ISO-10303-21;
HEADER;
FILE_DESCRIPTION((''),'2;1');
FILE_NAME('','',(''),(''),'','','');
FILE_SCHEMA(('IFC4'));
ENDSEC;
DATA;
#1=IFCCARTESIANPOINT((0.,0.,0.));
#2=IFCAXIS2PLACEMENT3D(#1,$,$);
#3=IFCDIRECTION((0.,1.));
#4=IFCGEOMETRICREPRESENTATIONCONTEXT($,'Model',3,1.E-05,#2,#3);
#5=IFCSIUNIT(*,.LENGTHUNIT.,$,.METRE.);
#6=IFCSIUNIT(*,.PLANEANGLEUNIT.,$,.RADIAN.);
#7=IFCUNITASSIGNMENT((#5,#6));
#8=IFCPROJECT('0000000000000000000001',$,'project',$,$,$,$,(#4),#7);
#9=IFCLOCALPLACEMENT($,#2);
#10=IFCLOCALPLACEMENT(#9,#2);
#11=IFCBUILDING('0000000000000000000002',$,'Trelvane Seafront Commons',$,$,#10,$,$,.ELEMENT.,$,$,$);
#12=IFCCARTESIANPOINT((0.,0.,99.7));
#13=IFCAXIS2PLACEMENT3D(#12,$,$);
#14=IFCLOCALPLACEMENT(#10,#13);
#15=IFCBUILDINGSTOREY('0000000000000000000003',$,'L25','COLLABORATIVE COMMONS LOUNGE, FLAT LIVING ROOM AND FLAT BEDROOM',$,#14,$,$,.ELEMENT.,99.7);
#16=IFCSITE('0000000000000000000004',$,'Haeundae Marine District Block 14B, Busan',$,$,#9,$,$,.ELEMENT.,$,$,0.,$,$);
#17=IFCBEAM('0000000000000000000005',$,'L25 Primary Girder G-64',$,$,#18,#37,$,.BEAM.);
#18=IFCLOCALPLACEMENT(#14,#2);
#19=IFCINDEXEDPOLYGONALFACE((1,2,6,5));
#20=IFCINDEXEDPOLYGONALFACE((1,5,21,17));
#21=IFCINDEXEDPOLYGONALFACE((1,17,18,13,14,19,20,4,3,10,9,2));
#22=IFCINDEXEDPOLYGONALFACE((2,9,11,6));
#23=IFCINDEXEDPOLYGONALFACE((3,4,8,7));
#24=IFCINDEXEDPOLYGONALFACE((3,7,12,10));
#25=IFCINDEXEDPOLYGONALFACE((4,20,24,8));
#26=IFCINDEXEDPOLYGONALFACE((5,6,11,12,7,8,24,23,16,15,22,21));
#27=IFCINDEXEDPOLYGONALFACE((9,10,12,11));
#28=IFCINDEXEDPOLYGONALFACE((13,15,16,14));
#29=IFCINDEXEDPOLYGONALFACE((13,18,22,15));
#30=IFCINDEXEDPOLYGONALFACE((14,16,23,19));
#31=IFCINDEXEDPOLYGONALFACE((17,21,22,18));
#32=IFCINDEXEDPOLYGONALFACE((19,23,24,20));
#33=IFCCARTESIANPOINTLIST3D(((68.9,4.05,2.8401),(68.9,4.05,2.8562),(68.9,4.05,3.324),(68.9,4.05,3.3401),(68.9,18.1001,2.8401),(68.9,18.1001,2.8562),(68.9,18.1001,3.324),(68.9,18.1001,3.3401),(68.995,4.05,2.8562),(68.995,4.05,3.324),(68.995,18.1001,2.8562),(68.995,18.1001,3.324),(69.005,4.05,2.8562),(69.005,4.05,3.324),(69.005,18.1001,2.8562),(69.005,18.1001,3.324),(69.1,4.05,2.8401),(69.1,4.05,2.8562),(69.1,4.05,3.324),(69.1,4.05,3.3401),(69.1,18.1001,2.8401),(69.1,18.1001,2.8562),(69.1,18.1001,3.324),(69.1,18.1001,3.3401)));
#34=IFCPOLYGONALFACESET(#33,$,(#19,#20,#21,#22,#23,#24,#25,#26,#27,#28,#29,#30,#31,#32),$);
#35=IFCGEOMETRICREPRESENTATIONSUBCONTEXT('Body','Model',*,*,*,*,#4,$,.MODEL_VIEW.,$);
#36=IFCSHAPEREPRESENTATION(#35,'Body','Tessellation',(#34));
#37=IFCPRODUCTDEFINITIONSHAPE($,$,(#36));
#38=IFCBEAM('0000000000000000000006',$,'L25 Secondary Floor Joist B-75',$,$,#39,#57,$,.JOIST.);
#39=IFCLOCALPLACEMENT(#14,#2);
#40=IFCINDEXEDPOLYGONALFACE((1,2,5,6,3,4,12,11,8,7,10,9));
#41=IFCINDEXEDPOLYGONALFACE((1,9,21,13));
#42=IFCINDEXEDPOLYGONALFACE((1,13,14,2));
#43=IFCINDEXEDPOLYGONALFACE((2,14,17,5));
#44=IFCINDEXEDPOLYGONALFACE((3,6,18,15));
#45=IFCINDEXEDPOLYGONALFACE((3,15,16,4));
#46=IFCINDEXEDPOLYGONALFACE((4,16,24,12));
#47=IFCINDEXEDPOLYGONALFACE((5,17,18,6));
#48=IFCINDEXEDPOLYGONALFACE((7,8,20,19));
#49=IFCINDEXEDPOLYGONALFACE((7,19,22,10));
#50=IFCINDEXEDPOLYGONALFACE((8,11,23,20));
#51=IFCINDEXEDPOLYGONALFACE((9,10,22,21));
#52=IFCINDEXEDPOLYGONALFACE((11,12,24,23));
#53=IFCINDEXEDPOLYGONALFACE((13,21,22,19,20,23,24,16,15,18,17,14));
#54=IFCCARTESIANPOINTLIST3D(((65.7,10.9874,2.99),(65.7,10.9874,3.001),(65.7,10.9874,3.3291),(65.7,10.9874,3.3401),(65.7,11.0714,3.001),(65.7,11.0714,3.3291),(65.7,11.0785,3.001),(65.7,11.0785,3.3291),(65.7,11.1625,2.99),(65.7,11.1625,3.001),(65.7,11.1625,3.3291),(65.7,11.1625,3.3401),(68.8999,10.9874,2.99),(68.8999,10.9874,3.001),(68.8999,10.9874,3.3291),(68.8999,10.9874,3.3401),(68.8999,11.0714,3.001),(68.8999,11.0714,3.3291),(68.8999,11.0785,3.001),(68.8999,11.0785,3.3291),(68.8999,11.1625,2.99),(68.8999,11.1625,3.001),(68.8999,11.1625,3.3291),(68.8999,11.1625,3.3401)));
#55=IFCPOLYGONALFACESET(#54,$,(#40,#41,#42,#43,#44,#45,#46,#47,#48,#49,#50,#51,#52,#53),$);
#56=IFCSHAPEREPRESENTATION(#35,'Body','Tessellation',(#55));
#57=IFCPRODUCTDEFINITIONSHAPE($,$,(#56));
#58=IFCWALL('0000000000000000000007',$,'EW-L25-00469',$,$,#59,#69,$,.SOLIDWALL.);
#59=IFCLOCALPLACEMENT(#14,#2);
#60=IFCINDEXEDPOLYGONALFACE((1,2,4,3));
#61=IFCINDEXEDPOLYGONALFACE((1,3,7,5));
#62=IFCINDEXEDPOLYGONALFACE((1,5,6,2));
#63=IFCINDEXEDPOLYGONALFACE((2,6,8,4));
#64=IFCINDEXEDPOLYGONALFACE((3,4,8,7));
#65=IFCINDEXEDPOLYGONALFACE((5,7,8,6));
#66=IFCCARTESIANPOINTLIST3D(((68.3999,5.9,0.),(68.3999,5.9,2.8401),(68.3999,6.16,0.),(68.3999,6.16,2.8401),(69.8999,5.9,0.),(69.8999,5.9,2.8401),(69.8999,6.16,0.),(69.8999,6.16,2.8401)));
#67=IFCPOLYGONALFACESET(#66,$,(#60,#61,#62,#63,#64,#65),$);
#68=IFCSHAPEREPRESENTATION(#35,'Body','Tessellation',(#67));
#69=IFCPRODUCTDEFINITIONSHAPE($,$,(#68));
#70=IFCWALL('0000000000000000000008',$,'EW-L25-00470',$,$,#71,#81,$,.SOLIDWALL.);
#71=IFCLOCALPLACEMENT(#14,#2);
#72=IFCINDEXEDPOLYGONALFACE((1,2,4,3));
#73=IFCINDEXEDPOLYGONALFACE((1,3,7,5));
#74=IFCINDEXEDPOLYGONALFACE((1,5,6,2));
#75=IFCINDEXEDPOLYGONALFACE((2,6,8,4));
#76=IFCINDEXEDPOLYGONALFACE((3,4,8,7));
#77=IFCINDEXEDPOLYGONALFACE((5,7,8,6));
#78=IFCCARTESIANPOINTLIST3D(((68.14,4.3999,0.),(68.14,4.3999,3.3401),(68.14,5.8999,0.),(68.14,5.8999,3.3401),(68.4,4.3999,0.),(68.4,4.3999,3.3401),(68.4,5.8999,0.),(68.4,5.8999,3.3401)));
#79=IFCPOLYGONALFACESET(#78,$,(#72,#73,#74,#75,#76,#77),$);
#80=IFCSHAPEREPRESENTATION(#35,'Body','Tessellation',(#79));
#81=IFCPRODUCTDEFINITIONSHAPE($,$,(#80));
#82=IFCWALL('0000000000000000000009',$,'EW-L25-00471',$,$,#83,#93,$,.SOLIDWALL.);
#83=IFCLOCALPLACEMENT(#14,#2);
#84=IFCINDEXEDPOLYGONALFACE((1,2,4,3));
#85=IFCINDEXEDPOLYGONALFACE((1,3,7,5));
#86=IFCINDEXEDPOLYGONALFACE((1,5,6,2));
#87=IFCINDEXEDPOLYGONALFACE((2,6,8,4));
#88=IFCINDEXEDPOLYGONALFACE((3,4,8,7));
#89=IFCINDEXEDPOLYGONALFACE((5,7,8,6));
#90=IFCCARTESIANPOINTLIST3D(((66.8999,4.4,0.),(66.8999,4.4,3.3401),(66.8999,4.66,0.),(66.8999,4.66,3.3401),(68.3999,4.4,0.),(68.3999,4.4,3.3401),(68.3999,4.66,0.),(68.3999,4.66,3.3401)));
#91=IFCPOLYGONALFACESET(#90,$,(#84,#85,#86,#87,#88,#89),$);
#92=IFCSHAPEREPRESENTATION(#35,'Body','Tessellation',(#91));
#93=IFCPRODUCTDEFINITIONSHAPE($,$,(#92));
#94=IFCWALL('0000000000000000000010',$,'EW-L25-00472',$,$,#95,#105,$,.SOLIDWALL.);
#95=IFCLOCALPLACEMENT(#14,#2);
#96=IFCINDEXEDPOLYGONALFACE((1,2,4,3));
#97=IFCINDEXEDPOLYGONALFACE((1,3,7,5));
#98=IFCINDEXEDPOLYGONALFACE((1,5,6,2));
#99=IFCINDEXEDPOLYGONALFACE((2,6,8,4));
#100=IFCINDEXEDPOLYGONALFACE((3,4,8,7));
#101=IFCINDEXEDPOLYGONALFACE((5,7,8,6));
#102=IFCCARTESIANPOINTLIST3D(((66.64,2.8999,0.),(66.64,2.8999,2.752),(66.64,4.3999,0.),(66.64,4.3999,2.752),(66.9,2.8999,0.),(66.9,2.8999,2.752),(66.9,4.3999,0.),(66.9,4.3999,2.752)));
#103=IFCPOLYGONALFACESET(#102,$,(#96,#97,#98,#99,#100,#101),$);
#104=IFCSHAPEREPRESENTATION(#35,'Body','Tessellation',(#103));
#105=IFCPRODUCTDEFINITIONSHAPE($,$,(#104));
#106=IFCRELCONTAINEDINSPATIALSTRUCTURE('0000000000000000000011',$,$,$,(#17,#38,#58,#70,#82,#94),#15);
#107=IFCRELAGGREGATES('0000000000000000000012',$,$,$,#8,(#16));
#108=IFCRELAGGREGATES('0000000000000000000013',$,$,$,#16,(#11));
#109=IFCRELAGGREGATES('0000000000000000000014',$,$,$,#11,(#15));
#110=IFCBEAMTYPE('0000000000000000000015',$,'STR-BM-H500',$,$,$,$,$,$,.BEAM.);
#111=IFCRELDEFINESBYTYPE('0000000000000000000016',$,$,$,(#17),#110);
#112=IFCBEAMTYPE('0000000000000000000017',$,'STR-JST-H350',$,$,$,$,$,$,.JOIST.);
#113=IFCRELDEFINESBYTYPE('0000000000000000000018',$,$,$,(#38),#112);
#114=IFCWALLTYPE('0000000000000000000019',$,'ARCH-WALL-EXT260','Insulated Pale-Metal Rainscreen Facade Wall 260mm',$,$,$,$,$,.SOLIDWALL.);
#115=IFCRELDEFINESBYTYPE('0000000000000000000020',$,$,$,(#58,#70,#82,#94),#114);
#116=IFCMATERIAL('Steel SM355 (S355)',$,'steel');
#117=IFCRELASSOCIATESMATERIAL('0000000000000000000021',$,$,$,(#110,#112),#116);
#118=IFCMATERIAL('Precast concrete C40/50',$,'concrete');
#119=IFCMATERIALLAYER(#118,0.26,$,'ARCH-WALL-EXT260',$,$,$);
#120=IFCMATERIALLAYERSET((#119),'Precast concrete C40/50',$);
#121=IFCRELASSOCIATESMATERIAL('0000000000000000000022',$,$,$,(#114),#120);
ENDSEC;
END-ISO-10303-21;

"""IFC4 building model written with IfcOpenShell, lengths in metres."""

from ifc_helpers import new_model, si_unit, direction, frame, frame_2d, origin, origin_2d, place, context, subcontext, project, spatial, rectangle, i_section, extrude, source, transform, mapped, material, layer, layer_set, material_profile, profile_set, type_object, element, save


model = new_model("IFC4")

# Units and contexts
model_context = context("Model", 3, precision=1e-05, world=origin(), true_north=direction((0.0, 1.0)))
body_context = subcontext(model_context, "Body", "Model", "MODEL_VIEW")
ifc_project = project(units=[si_unit("LENGTHUNIT", "METRE"), si_unit("PLANEANGLEUNIT", "RADIAN")], contexts=[model_context])

# Site, building, storey
site_placement = place(None, origin())
site = spatial("IfcSite", under=ifc_project, at=site_placement, Name="Haeundae Marine District Block 14B, Busan", CompositionType="ELEMENT", RefElevation=0.0)
building_placement = place(site_placement, origin())
building = spatial("IfcBuilding", under=site, at=building_placement, Name="Trelvane Seafront Commons", CompositionType="ELEMENT")
storey_placement = place(building_placement, frame((0.0, 0.0, 99.7)))
storey = spatial("IfcBuildingStorey", under=building, at=storey_placement, Name="L25", Description="COLLABORATIVE COMMONS LOUNGE, FLAT LIVING ROOM AND FLAT BEDROOM", CompositionType="ELEMENT", Elevation=99.7)

# Beams
ifc_material_1 = material(Name="Steel SM355 (S355)", Category="steel")
ifc_material_profile_1 = material_profile(ifc_material_1, i_section(OverallWidth=0.2, OverallDepth=0.5, WebThickness=0.01, FlangeThickness=0.0161, at=origin_2d()), Name="H-500x200x10x16")
ifc_profile_set_1 = profile_set([ifc_material_profile_1], Name="Steel SM355 (S355)")
beam_type_1 = type_object("IfcBeamType", Name="STR-BM-H500", PredefinedType="BEAM", material=ifc_profile_set_1)
shared_shape_1 = source(origin(), body_context, "Body", "SweptSolid", [
    extrude(i_section(OverallWidth=0.2, OverallDepth=0.5, WebThickness=0.01, FlangeThickness=0.0161, at=origin_2d()), origin(), (0.0, 0.0, 1.0), 14.05),
])
beam_1_placement = place(storey_placement, frame((69.0, 4.05, 3.0901), z_axis=(0.0, 1.0, 0.0), x_axis=(-1.0, 0.0, 0.0)))
element("IfcBeam", 1, at=beam_1_placement, inside=storey, type_object=beam_type_1, Name="L25 Primary Girder G-64", PredefinedType="BEAM", context=body_context, shape_type="MappedRepresentation", body=[
    mapped(shared_shape_1, transform((0.0, 0.0, 0.0), x_axis=(1.0, 0.0, 0.0), y_axis=(0.0, 1.0, 0.0), z_axis=(0.0, 0.0, 1.0), scale=1.0)),
])
ifc_material_profile_2 = material_profile(ifc_material_1, i_section(OverallWidth=0.175, OverallDepth=0.3501, WebThickness=0.0071, FlangeThickness=0.011, at=origin_2d()), Name="H-350x175x7x11")
ifc_profile_set_2 = profile_set([ifc_material_profile_2], Name="Steel SM355 (S355)")
beam_type_2 = type_object("IfcBeamType", Name="STR-JST-H350", PredefinedType="JOIST", material=ifc_profile_set_2)
shared_shape_2 = source(origin(), body_context, "Body", "SweptSolid", [
    extrude(i_section(OverallWidth=0.175, OverallDepth=0.3501, WebThickness=0.0071, FlangeThickness=0.011, at=origin_2d()), origin(), (0.0, 0.0, 1.0), 3.2),
])
beam_2_placement = place(storey_placement, frame((65.7, 11.075, 3.165), z_axis=(1.0, 0.0, 0.0), x_axis=(0.0, 1.0, 0.0)))
element("IfcBeam", 2, at=beam_2_placement, inside=storey, type_object=beam_type_2, Name="L25 Secondary Floor Joist B-75", PredefinedType="JOIST", context=body_context, shape_type="MappedRepresentation", body=[
    mapped(shared_shape_2, transform((0.0, 0.0, 0.0), x_axis=(1.0, 0.0, 0.0), y_axis=(0.0, 1.0, 0.0), z_axis=(0.0, 0.0, 1.0), scale=1.0)),
])

# Walls
ifc_material_2 = material(Name="Precast concrete C40/50", Category="concrete")
ifc_layer_1 = layer(ifc_material_2, 0.26, Name="ARCH-WALL-EXT260")
ifc_layer_set_1 = layer_set([ifc_layer_1], Name="Precast concrete C40/50")
wall_type_1 = type_object("IfcWallType", Name="ARCH-WALL-EXT260", Description="Insulated Pale-Metal Rainscreen Facade Wall 260mm", PredefinedType="SOLIDWALL", material=ifc_layer_set_1)
wall_1_placement = place(storey_placement, frame((69.8999, 6.03, 0.0), z_axis=(0.0, 0.0, 1.0), x_axis=(-1.0, 0.0, 0.0)))
element("IfcWall", 3, at=wall_1_placement, inside=storey, type_object=wall_type_1, Name="EW-L25-00469", PredefinedType="SOLIDWALL", context=body_context, shape_type="SweptSolid", body=[
    extrude(rectangle(XDim=1.5, YDim=0.26, at=frame_2d((0.75, 0.0))), origin(), (0.0, 0.0, 1.0), 2.8401),
])
for number, where, z_axis, x_axis, name in (
    (4, (68.27, 5.8999, 0.0), (0.0, 0.0, 1.0), (0.0, -1.0, 0.0), "EW-L25-00470"),
    (5, (68.3999, 4.53, 0.0), (0.0, 0.0, 1.0), (-1.0, 0.0, 0.0), "EW-L25-00471"),
):
    element("IfcWall", number, at=place(storey_placement, frame(where, z_axis=z_axis, x_axis=x_axis)), inside=storey, type_object=wall_type_1, Name=name, PredefinedType="SOLIDWALL", context=body_context, shape_type="SweptSolid", body=[
        extrude(rectangle(XDim=1.5, YDim=0.26, at=frame_2d((0.75, 0.0))), origin(), (0.0, 0.0, 1.0), 3.3401),
    ])
wall_2_placement = place(storey_placement, frame((66.77, 4.3999, 0.0), z_axis=(0.0, 0.0, 1.0), x_axis=(0.0, -1.0, 0.0)))
element("IfcWall", 6, at=wall_2_placement, inside=storey, type_object=wall_type_1, Name="EW-L25-00472", PredefinedType="SOLIDWALL", context=body_context, shape_type="SweptSolid", body=[
    extrude(rectangle(XDim=1.5, YDim=0.26, at=frame_2d((0.75, 0.0))), origin(), (0.0, 0.0, 1.0), 2.752),
])

save(model, "model.ifc")
